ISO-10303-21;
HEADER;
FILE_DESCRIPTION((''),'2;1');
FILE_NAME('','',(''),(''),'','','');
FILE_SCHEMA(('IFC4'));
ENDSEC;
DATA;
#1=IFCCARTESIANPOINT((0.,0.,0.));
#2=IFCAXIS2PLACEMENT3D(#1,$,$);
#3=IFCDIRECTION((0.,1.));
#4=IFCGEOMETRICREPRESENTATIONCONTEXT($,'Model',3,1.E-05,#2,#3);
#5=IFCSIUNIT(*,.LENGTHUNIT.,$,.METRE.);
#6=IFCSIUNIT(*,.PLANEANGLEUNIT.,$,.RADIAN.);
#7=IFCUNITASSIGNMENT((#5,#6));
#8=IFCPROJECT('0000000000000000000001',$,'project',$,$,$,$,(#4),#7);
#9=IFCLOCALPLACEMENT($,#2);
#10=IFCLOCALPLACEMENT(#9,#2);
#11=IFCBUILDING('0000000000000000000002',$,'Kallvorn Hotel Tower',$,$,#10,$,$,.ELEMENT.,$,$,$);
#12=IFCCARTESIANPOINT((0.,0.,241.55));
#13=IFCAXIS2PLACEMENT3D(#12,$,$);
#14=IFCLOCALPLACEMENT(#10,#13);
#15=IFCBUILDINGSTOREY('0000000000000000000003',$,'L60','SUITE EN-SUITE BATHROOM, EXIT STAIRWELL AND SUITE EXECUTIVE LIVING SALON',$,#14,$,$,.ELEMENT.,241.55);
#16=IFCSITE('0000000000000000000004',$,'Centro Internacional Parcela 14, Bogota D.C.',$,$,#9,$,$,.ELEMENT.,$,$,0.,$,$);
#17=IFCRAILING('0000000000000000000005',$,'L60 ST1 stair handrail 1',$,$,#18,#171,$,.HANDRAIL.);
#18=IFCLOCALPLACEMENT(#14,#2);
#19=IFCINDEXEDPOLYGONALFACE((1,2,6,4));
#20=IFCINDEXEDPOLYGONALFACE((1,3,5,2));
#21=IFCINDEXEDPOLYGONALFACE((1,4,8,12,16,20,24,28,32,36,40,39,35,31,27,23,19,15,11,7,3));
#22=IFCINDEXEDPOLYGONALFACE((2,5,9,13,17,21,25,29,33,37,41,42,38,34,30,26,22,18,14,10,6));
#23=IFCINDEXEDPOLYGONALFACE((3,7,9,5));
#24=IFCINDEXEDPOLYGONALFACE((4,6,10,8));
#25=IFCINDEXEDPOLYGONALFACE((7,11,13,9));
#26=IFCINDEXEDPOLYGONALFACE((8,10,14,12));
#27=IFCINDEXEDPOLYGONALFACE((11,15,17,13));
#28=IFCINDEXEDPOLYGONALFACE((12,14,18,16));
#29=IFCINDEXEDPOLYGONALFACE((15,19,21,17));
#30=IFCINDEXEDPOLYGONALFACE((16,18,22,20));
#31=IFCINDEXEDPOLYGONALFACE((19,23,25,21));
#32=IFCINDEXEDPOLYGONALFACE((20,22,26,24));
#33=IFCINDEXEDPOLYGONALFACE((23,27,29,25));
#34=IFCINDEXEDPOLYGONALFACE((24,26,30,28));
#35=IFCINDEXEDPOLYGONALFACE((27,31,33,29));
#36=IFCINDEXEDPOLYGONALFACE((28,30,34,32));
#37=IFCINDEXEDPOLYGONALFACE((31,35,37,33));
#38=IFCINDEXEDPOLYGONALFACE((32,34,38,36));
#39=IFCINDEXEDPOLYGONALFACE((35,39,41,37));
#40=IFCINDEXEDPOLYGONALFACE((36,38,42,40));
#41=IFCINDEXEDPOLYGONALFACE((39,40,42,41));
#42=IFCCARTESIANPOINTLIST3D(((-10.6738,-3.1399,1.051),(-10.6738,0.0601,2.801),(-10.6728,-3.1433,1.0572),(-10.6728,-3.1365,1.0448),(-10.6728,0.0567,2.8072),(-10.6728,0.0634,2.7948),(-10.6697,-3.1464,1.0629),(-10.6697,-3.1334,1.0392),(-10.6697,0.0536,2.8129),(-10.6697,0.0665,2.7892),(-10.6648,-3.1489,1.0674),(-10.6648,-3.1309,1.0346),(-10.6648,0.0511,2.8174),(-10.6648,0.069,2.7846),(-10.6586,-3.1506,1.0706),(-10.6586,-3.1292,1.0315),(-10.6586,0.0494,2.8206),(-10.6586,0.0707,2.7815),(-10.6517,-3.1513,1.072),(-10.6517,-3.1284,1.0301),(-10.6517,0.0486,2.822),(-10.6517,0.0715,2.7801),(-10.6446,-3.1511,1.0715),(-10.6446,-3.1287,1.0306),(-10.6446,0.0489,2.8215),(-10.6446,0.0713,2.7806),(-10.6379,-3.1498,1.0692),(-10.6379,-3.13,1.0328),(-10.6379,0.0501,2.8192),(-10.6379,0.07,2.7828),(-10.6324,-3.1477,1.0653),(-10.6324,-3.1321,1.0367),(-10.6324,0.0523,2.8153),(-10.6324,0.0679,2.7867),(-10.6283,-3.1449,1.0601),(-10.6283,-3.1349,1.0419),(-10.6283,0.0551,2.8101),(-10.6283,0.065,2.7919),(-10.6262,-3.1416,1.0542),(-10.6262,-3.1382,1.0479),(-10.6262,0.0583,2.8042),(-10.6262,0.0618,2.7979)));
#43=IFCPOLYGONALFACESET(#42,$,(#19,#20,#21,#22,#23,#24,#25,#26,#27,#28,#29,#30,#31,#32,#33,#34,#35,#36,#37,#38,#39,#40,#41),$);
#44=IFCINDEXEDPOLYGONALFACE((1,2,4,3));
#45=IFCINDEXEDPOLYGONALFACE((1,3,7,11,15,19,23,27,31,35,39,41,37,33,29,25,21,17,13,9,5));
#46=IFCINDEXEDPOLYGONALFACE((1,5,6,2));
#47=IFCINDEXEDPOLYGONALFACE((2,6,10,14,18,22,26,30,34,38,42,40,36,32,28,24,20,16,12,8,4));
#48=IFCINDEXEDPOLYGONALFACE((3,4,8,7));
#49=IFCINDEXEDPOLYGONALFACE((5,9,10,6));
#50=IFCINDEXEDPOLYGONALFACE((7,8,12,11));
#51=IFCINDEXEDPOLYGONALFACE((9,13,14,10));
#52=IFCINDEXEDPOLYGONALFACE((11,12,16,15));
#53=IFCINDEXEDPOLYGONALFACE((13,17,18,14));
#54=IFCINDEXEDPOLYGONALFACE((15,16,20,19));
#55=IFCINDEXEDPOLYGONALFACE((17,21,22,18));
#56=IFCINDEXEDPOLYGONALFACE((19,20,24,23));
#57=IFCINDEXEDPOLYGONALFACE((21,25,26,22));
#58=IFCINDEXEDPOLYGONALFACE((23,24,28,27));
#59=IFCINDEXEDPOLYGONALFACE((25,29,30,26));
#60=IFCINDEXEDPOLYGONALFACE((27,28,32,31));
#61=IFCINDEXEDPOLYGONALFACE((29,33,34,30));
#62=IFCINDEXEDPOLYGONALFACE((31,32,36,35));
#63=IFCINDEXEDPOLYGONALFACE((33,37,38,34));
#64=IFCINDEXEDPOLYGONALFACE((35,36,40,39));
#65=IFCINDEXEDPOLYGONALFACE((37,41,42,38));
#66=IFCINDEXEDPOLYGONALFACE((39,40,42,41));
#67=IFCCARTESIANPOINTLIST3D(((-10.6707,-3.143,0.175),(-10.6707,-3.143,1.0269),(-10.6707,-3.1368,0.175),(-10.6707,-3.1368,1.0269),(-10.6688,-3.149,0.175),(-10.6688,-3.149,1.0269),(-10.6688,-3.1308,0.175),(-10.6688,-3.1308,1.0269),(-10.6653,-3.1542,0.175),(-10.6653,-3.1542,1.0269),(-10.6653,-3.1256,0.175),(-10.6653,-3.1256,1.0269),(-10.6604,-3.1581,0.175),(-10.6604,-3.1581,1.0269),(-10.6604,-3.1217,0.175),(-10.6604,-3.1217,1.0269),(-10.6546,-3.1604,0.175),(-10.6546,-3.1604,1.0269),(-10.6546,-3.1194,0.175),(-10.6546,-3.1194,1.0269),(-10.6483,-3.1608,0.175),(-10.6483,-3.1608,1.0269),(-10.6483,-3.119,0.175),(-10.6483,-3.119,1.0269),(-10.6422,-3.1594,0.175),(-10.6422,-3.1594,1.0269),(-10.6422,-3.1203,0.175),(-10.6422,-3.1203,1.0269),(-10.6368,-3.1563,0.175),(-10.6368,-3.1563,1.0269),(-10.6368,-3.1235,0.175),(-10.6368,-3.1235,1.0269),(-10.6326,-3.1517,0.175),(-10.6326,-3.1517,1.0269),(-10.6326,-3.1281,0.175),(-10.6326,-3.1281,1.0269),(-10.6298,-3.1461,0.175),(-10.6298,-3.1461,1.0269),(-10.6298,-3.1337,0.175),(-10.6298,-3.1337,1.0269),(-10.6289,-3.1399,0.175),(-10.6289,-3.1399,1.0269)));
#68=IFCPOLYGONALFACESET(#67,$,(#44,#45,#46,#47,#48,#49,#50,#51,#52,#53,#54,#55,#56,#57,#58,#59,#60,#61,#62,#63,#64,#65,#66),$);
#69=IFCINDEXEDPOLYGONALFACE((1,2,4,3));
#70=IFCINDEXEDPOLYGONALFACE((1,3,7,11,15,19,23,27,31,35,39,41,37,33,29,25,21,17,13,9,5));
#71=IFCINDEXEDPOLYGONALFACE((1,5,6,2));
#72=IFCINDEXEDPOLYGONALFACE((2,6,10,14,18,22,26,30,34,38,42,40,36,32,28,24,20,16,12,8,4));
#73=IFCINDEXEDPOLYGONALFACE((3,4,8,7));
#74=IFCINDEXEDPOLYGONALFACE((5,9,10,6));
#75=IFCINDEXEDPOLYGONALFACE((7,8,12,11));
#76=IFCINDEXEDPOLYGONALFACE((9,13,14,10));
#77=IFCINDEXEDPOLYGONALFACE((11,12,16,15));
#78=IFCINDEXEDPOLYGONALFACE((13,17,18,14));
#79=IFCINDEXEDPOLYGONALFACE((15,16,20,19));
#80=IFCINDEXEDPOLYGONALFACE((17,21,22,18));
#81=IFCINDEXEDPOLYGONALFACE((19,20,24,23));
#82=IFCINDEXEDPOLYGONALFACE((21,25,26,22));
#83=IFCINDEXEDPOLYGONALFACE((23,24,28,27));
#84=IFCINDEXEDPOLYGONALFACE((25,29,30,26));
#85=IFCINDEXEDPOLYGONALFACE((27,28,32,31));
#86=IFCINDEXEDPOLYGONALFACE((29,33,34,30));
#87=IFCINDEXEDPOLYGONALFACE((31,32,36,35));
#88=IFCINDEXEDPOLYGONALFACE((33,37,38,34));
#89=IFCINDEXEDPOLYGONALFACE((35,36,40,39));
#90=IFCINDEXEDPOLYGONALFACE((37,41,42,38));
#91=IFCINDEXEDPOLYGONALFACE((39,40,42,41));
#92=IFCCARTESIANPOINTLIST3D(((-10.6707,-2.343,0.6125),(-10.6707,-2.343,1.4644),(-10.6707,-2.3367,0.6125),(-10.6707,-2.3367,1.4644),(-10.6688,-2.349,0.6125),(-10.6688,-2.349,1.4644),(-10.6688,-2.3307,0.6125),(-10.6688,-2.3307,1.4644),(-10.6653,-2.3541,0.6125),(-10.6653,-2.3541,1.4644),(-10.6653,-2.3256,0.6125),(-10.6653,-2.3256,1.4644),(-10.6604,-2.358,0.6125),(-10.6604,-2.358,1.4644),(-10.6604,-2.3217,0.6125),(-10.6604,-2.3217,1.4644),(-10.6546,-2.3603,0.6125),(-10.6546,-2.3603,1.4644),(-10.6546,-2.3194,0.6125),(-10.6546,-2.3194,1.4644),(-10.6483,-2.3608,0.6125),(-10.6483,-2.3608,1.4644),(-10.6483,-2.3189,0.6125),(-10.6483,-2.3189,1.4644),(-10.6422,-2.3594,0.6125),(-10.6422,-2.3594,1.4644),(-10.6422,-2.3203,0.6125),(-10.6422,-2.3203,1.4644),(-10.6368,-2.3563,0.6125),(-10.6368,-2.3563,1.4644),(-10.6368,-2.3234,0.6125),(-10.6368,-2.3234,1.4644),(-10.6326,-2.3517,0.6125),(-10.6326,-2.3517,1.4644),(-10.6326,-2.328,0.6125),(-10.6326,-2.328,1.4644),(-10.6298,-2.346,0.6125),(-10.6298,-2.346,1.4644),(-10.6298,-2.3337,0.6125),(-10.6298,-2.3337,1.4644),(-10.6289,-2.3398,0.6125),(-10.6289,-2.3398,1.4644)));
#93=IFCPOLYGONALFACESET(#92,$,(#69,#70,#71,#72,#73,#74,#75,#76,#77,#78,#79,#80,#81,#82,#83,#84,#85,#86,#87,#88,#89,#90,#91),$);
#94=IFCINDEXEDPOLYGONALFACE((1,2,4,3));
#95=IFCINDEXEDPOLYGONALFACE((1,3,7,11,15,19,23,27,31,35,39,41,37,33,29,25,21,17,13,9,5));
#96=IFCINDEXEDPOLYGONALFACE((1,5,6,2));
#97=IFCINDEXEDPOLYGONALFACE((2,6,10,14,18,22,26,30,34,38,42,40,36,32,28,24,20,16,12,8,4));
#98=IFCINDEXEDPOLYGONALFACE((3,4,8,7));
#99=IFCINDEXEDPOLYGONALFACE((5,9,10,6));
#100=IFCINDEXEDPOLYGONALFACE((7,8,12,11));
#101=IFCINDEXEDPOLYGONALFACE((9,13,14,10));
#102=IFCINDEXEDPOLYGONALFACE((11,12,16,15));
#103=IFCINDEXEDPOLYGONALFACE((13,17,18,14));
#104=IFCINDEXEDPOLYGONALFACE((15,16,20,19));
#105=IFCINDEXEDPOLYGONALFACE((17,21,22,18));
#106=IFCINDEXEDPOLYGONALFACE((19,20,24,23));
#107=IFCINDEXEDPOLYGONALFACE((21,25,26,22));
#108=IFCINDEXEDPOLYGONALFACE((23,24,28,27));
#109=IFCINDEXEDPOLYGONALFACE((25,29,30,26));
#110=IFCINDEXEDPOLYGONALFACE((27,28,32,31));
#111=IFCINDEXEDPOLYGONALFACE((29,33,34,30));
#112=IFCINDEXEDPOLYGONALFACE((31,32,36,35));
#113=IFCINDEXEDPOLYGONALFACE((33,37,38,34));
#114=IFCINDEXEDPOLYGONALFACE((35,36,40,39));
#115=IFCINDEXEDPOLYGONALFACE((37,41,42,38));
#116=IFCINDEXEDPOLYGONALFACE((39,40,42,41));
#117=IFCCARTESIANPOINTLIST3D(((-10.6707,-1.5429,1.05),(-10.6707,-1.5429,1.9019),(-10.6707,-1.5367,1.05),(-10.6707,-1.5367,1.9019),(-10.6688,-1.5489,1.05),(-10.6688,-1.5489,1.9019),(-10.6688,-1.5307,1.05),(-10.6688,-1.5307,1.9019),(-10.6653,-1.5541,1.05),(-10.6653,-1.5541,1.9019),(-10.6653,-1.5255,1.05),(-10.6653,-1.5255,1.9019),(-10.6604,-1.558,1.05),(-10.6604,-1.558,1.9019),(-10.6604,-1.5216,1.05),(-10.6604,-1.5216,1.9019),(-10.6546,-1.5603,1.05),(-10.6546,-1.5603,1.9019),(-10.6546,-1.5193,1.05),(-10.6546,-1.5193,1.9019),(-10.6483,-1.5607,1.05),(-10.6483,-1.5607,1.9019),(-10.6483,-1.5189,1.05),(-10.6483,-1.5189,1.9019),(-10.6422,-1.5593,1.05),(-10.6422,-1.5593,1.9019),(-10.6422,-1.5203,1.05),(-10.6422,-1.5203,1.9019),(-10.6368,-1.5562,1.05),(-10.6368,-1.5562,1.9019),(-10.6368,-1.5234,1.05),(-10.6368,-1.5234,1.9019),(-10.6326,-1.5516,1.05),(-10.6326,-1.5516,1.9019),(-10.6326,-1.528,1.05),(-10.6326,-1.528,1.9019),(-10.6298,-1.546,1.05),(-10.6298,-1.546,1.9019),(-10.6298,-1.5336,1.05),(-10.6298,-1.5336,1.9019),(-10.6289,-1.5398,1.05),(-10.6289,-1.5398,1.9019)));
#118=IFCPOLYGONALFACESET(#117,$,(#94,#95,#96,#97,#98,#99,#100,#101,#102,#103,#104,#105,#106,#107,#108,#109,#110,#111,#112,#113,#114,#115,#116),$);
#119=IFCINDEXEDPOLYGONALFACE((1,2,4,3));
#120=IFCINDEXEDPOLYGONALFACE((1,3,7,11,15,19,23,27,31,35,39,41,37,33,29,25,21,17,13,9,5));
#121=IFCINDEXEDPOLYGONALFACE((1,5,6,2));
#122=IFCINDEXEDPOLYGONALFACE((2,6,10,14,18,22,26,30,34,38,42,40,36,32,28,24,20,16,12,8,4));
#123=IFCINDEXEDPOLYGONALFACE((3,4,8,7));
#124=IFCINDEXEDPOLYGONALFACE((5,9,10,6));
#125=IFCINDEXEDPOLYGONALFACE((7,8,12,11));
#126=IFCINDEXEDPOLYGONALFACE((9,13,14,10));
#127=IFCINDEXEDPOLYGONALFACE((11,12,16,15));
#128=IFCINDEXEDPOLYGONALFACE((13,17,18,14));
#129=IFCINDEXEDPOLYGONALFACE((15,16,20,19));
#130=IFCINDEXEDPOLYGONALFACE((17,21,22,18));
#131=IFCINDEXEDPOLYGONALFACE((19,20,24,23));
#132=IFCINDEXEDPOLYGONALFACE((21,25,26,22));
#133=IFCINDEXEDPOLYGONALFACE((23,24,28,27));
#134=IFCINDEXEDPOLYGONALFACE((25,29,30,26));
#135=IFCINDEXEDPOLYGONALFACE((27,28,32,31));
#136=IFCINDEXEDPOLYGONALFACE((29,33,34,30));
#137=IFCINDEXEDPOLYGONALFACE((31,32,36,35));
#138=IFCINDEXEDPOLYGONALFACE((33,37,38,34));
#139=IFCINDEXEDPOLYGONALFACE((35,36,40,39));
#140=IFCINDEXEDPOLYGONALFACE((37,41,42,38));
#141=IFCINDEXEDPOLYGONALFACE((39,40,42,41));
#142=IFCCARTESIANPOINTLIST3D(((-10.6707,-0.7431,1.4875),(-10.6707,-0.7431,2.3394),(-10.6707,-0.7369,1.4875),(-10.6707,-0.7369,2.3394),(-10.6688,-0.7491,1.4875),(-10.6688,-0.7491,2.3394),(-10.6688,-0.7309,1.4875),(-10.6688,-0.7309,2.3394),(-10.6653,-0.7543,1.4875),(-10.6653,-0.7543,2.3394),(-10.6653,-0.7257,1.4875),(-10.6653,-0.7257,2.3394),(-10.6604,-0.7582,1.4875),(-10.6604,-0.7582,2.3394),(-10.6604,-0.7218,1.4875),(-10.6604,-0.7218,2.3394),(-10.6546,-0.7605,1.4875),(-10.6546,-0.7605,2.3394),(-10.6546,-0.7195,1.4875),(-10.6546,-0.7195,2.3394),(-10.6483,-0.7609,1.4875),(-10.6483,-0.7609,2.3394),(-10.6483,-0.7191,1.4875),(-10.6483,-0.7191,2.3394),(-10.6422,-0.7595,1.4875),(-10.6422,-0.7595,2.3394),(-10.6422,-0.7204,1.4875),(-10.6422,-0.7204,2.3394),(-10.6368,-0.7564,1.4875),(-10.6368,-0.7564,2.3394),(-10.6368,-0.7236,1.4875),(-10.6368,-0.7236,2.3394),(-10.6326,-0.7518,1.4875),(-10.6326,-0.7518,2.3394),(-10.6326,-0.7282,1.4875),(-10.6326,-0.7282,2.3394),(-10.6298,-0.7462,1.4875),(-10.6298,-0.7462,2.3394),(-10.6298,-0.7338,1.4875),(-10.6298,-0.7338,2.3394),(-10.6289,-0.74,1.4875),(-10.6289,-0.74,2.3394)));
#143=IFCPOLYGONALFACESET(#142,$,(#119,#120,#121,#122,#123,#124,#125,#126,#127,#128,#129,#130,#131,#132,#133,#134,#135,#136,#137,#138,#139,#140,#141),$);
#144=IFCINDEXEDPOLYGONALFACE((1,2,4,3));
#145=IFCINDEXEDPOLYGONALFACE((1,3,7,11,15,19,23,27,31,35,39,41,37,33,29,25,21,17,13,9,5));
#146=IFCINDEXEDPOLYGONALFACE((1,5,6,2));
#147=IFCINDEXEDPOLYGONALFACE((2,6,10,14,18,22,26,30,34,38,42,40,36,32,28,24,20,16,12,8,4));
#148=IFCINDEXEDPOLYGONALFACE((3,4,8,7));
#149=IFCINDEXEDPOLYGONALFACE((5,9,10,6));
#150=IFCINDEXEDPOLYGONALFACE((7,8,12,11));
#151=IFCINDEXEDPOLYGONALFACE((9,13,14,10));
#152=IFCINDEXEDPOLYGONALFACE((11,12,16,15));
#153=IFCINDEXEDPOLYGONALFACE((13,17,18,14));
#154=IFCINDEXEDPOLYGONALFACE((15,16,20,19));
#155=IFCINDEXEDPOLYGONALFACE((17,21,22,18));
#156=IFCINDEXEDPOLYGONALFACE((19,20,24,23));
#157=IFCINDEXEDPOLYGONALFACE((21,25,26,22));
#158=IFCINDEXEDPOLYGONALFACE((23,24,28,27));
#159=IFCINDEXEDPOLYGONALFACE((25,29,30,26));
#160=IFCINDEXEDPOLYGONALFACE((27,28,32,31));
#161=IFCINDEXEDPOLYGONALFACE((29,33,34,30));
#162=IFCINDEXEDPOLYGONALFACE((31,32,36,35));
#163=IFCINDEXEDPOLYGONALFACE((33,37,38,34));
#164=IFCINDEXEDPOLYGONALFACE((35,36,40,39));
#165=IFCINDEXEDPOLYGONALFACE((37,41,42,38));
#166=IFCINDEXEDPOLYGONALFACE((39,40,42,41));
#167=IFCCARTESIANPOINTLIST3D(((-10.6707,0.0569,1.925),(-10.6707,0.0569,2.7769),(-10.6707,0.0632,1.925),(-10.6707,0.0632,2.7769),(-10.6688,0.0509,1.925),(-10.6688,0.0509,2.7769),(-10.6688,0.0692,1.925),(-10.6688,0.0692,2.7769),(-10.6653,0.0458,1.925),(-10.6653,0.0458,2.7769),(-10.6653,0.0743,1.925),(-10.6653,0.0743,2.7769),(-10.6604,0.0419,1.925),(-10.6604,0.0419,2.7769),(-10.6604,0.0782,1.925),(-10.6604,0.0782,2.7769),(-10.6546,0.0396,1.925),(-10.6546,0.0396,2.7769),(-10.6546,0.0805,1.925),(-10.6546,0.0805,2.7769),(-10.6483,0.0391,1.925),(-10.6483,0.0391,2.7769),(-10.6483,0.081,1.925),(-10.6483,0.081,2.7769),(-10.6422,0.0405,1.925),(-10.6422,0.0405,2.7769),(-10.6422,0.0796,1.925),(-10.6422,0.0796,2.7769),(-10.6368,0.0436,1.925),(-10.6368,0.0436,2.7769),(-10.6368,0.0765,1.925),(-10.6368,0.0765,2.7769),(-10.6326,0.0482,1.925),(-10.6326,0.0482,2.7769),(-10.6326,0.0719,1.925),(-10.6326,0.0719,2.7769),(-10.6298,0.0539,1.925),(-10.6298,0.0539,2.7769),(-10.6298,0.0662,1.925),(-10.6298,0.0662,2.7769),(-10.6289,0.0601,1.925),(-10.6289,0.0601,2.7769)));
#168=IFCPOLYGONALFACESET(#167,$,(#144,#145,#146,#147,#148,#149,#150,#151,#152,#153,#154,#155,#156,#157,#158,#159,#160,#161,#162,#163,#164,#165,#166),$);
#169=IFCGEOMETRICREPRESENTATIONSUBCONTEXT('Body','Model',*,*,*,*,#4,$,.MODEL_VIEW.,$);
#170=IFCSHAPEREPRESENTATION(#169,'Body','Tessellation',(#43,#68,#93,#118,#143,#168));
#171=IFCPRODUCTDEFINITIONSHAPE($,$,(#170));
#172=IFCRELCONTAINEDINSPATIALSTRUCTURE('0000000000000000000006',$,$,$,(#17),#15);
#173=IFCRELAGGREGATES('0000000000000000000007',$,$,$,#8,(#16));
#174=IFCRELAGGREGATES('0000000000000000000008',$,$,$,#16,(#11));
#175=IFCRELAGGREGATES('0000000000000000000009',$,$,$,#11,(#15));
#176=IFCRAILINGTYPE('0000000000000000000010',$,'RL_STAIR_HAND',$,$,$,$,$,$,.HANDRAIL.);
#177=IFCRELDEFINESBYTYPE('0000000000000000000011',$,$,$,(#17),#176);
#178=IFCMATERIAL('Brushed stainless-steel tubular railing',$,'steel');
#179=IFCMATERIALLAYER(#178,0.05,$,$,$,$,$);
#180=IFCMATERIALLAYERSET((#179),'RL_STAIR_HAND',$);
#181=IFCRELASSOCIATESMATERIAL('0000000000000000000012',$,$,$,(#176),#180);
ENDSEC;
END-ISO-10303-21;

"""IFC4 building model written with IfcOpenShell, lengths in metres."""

from ifc_helpers import new_model, si_unit, direction, frame, origin, origin_2d, place, context, subcontext, project, spatial, circle, extrude, material, layer, layer_set, type_object, element, save


model = new_model("IFC4")

# Units and contexts
model_context = context("Model", 3, precision=1e-05, world=origin(), true_north=direction((0.0, 1.0)))
body_context = subcontext(model_context, "Body", "Model", "MODEL_VIEW")
ifc_project = project(units=[si_unit("LENGTHUNIT", "METRE"), si_unit("PLANEANGLEUNIT", "RADIAN")], contexts=[model_context])

# Site, building, storey
site_placement = place(None, origin())
site = spatial("IfcSite", under=ifc_project, at=site_placement, Name="Centro Internacional Parcela 14, Bogota D.C.", CompositionType="ELEMENT", RefElevation=0.0)
building_placement = place(site_placement, origin())
building = spatial("IfcBuilding", under=site, at=building_placement, Name="Kallvorn Hotel Tower", CompositionType="ELEMENT")
storey_placement = place(building_placement, frame((0.0, 0.0, 241.55)))
storey = spatial("IfcBuildingStorey", under=building, at=storey_placement, Name="L60", Description="SUITE EN-SUITE BATHROOM, EXIT STAIRWELL AND SUITE EXECUTIVE LIVING SALON", CompositionType="ELEMENT", Elevation=241.55)

# Railing
ifc_material_1 = material(Name="Brushed stainless-steel tubular railing", Category="steel")
ifc_layer_1 = layer(ifc_material_1, 0.05)
ifc_layer_set_1 = layer_set([ifc_layer_1], Name="RL_STAIR_HAND")
railing_type_1 = type_object("IfcRailingType", Name="RL_STAIR_HAND", PredefinedType="HANDRAIL", material=ifc_layer_set_1)
railing_1_placement = place(storey_placement, frame((-10.6499, -3.1399, 0.175)))
element("IfcRailing", 1, at=railing_1_placement, inside=storey, type_object=railing_type_1, Name="L60 ST1 stair handrail 1", PredefinedType="HANDRAIL", context=body_context, shape_type="SweptSolid", body=[
    extrude(circle(Radius=0.0239, at=origin_2d()), frame((0.0, 0.0, 0.876), z_axis=(0.0, 0.877368, 0.479818), x_axis=(-1.0, 0.0, 0.0)), (0.0, 0.0, 1.0), 3.6472),
    extrude(circle(Radius=0.021, at=origin_2d()), origin(), (0.0, 0.0, 1.0), 0.8518),
    extrude(circle(Radius=0.021, at=origin_2d()), frame((0.0, 0.8, 0.4375)), (0.0, 0.0, 1.0), 0.8518),
    extrude(circle(Radius=0.021, at=origin_2d()), frame((0.0, 1.6001, 0.875)), (0.0, 0.0, 1.0), 0.8518),
    extrude(circle(Radius=0.021, at=origin_2d()), frame((0.0, 2.3999, 1.3125)), (0.0, 0.0, 1.0), 0.8518),
    extrude(circle(Radius=0.021, at=origin_2d()), frame((0.0, 3.2, 1.75)), (0.0, 0.0, 1.0), 0.8518),
])

save(model, "model.ifc")
